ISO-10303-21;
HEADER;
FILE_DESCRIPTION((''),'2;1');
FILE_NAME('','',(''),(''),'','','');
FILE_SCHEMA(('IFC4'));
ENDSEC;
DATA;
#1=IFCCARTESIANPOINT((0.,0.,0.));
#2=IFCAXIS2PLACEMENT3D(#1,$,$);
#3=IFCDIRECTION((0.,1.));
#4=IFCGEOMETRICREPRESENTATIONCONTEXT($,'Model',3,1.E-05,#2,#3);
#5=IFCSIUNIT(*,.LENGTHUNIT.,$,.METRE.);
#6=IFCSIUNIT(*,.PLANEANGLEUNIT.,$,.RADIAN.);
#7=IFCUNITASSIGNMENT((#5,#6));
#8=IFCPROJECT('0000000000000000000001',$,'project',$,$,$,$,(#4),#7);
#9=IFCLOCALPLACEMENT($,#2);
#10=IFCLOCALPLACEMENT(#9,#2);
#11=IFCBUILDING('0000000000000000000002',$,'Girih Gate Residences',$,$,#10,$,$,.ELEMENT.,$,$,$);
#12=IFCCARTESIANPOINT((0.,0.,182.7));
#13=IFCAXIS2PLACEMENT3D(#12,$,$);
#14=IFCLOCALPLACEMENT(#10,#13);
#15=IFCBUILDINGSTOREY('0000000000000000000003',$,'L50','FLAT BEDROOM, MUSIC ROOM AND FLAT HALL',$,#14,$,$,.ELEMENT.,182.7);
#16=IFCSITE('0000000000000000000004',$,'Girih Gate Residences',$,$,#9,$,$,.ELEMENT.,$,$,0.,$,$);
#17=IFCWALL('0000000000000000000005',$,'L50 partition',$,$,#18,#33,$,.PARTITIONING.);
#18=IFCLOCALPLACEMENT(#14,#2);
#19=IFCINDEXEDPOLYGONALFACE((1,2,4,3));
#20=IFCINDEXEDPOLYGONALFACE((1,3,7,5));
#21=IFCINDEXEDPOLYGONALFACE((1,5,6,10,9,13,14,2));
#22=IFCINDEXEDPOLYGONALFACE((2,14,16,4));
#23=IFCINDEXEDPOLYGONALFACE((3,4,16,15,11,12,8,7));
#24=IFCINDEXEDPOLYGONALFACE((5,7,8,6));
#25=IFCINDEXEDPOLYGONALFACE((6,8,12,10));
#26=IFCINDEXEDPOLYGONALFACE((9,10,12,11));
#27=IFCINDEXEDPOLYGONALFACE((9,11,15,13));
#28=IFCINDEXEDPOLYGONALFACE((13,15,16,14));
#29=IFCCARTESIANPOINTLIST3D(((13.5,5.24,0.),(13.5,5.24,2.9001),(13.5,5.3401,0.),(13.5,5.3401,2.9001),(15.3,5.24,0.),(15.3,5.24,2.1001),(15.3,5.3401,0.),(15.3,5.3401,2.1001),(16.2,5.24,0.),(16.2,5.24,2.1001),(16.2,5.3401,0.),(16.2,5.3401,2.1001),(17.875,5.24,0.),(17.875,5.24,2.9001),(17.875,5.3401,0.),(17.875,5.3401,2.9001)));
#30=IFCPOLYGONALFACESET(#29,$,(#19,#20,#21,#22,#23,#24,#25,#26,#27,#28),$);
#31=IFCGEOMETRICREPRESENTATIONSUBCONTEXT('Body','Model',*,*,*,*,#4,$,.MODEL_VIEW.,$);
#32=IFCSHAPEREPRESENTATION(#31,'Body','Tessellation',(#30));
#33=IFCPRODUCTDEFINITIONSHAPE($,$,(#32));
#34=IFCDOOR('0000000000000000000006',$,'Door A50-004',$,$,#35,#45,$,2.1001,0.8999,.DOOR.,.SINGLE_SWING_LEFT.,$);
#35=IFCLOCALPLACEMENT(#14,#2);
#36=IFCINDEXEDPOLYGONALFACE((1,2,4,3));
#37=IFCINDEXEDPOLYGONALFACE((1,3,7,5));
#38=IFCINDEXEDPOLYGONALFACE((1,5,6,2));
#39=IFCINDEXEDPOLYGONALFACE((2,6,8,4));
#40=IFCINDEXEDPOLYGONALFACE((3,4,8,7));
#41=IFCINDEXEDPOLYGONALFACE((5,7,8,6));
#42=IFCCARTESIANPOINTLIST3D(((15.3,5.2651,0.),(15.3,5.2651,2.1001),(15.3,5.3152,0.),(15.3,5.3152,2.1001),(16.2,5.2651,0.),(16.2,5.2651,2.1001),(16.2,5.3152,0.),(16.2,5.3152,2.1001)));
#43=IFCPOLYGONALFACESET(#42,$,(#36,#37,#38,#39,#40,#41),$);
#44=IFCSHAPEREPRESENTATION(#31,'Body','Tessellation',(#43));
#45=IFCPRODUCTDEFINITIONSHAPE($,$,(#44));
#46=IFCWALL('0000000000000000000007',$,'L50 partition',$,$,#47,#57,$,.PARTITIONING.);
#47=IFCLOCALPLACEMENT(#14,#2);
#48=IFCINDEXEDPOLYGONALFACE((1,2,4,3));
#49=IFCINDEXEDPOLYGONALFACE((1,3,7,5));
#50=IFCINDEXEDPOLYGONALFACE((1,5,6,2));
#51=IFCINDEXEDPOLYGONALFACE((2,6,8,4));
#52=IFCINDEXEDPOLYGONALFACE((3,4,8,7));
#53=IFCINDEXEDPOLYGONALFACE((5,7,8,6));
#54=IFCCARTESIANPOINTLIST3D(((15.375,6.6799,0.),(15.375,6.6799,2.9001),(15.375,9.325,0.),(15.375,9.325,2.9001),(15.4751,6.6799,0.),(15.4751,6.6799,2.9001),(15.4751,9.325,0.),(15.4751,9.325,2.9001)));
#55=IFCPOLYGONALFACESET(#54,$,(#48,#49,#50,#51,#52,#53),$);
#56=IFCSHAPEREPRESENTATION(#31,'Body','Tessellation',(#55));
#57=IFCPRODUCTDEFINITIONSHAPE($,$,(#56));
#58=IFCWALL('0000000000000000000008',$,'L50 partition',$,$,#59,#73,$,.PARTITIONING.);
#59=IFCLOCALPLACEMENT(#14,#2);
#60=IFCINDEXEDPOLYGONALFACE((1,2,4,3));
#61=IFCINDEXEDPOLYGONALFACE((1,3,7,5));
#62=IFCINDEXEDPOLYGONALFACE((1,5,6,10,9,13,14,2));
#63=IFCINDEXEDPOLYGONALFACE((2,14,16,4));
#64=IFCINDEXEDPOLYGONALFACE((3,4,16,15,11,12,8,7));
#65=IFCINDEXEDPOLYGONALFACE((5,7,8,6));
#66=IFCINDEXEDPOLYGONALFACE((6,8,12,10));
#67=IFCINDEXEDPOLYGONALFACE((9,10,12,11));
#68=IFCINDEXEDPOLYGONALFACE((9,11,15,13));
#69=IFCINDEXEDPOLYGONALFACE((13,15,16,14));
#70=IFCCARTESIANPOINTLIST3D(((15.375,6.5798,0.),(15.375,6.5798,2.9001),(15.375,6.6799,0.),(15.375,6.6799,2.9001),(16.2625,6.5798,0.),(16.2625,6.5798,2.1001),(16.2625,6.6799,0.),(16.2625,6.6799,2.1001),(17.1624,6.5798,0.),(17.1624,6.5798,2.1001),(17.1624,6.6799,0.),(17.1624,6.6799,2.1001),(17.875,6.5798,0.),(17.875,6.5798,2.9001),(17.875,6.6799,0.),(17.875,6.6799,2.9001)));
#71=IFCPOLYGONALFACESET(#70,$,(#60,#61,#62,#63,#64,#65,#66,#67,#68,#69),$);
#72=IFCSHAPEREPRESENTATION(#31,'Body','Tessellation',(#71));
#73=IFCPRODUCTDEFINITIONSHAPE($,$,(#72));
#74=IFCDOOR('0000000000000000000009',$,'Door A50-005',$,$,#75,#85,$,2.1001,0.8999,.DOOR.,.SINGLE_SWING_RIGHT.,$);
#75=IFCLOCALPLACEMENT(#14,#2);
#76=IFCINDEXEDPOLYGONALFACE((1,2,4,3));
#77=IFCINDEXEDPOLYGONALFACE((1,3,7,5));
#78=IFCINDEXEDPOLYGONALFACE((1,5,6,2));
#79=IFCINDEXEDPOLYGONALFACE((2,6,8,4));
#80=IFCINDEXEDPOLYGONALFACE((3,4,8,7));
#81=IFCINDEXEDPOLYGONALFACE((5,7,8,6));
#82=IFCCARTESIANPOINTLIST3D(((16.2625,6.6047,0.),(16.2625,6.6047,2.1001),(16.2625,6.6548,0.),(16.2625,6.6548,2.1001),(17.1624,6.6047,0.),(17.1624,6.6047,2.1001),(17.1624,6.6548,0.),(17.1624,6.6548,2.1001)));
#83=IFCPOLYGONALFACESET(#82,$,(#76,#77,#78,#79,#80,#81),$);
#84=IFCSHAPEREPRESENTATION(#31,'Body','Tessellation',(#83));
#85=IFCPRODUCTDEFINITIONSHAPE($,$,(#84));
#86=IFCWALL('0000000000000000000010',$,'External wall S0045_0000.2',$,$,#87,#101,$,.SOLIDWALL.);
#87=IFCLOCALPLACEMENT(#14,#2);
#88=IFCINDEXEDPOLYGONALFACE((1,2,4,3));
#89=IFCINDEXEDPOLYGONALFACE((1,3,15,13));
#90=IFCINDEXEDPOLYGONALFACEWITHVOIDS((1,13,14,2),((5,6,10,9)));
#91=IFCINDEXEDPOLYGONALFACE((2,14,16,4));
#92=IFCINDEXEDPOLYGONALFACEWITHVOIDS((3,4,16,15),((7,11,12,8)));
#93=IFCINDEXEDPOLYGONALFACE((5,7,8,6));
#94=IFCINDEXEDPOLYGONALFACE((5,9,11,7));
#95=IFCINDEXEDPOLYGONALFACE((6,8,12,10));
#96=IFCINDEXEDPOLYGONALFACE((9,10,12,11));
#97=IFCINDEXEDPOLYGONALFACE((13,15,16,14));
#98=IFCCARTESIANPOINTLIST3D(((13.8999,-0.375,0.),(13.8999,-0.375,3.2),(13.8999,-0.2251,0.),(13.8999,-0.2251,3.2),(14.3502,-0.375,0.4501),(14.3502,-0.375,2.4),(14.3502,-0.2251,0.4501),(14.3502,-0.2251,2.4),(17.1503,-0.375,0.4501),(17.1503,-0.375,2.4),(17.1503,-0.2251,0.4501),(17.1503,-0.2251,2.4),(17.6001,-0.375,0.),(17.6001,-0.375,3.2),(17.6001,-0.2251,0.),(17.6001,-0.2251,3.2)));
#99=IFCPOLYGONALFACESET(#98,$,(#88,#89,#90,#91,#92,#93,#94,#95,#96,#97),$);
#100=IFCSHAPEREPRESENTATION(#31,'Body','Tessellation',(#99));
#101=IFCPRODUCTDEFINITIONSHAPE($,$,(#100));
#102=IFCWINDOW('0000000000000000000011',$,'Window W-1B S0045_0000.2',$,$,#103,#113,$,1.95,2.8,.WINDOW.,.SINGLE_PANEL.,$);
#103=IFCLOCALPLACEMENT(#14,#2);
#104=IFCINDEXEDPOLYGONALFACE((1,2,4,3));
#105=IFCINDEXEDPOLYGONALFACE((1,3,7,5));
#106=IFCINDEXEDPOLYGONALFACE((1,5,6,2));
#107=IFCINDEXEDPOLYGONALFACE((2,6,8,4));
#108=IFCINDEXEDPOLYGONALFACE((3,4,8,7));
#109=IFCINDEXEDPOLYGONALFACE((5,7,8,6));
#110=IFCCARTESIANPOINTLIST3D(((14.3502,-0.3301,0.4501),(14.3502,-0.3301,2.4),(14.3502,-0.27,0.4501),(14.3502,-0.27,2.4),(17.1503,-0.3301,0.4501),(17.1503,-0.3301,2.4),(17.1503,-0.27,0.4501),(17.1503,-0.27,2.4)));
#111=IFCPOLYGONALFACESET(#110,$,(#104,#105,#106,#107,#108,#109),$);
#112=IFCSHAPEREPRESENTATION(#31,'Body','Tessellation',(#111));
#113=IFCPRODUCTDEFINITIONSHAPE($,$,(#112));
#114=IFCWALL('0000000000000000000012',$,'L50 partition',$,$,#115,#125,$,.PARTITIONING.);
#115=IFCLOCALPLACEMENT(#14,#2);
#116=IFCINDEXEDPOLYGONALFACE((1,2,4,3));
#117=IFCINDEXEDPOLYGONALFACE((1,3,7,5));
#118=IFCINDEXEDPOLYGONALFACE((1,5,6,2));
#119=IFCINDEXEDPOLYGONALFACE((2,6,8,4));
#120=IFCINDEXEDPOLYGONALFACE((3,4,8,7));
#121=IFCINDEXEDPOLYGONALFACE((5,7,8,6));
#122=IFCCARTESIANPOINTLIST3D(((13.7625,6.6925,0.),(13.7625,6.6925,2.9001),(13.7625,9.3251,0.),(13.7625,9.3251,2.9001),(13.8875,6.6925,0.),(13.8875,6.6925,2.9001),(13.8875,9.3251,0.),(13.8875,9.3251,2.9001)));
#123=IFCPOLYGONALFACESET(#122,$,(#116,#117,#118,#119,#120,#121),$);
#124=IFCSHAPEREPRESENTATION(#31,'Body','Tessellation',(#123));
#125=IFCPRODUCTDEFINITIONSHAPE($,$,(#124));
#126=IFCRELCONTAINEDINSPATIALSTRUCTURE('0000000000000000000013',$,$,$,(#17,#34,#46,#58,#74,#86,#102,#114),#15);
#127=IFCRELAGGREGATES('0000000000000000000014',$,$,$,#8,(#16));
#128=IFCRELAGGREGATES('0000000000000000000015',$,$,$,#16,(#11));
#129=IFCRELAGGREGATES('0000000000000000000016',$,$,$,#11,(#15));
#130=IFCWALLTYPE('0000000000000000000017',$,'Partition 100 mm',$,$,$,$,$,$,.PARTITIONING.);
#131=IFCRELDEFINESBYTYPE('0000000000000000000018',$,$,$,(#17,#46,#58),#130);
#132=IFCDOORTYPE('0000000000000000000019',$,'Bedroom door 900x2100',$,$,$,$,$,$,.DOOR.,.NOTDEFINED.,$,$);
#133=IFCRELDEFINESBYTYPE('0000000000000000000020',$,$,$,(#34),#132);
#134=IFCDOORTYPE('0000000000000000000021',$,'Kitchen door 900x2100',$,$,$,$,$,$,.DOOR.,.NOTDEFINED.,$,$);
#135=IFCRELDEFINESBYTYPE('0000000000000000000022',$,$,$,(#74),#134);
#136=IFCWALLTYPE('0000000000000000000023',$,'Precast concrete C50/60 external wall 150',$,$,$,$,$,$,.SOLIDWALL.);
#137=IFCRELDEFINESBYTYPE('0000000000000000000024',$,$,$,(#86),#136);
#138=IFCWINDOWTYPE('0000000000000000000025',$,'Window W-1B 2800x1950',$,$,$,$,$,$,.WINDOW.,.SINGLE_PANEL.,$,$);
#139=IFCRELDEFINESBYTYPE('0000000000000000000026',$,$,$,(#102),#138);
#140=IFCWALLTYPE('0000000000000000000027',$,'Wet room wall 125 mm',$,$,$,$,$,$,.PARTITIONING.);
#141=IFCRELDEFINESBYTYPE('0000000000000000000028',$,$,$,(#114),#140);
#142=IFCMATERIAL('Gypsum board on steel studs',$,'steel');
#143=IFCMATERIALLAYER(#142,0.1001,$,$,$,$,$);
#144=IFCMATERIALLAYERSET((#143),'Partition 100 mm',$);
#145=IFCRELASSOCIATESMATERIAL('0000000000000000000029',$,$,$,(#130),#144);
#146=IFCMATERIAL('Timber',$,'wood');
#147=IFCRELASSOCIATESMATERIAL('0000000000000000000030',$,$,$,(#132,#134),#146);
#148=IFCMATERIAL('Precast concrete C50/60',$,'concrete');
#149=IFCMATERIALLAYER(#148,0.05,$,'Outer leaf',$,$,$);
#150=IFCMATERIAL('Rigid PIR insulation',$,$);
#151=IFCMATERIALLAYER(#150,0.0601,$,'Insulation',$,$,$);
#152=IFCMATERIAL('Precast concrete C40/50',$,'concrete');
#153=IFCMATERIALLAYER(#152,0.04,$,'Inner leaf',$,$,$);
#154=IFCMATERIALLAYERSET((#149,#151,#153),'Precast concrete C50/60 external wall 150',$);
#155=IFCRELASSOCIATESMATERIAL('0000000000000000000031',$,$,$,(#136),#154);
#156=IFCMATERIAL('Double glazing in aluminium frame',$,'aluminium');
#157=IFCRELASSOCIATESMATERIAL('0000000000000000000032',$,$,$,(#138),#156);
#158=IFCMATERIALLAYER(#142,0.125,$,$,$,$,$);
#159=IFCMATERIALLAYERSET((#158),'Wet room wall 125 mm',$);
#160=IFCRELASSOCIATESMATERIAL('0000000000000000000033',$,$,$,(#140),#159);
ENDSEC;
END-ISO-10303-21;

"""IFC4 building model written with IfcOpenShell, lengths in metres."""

from ifc_helpers import new_model, si_unit, direction, frame, frame_2d, origin, place, context, subcontext, project, spatial, rectangle, extrude, material, layer, layer_set, type_object, element, fill, save


model = new_model("IFC4")

# Units and contexts
model_context = context("Model", 3, precision=1e-05, world=origin(), true_north=direction((0.0, 1.0)))
body_context = subcontext(model_context, "Body", "Model", "MODEL_VIEW")
ifc_project = project(units=[si_unit("LENGTHUNIT", "METRE"), si_unit("PLANEANGLEUNIT", "RADIAN")], contexts=[model_context])

# Site, building, storey
site_placement = place(None, origin())
site = spatial("IfcSite", under=ifc_project, at=site_placement, Name="Girih Gate Residences", CompositionType="ELEMENT", RefElevation=0.0)
building_placement = place(site_placement, origin())
building = spatial("IfcBuilding", under=site, at=building_placement, Name="Girih Gate Residences", CompositionType="ELEMENT")
storey_placement = place(building_placement, frame((0.0, 0.0, 182.7)))
storey = spatial("IfcBuildingStorey", under=building, at=storey_placement, Name="L50", Description="FLAT BEDROOM, MUSIC ROOM AND FLAT HALL", CompositionType="ELEMENT", Elevation=182.7)

# Shared definitions
ifc_material_1 = material(Name="Gypsum board on steel studs", Category="steel")

# Shared definitions
ifc_layer_1 = layer(ifc_material_1, 0.1001)
ifc_layer_set_1 = layer_set([ifc_layer_1], Name="Partition 100 mm")
wall_type_1 = type_object("IfcWallType", Name="Partition 100 mm", PredefinedType="PARTITIONING", material=ifc_layer_set_1)

# Wall, opening, door
ifc_material_2 = material(Name="Timber", Category="wood")
door_type_1 = type_object("IfcDoorType", Name="Bedroom door 900x2100", OperationType="NOTDEFINED", PredefinedType="DOOR", material=ifc_material_2)
wall_1_placement = place(storey_placement, frame((17.875, 5.29, 0.0), z_axis=(0.0, 0.0, 1.0), x_axis=(-1.0, 0.0, 0.0)))
wall_1 = element("IfcWall", 1, at=wall_1_placement, inside=storey, type_object=wall_type_1, Name="L50 partition", PredefinedType="PARTITIONING", context=body_context, shape_type="SweptSolid", body=[
    extrude(rectangle(XDim=4.375, YDim=0.1001, at=frame_2d((2.1875, 0.0))), origin(), (0.0, 0.0, 1.0), 2.9001),
])
opening_1_placement = place(wall_1_placement, frame((1.675, 0.0, 0.0)))
opening_1 = element("IfcOpeningElement", 2, at=opening_1_placement, cuts=wall_1, PredefinedType="OPENING", context=body_context, shape_type="SweptSolid", body=[
    extrude(rectangle(XDim=0.8999, YDim=2.1001, at=frame_2d((0.45, 1.05))), frame((0.0, 0.0601, 0.0), z_axis=(0.0, -1.0, 0.0), x_axis=(1.0, 0.0, 0.0)), (0.0, 0.0, 1.0), 0.1201),
])
door_1_placement = place(opening_1_placement, origin())
door_1 = element("IfcDoor", 3, at=door_1_placement, inside=storey, type_object=door_type_1, Name="Door A50-004", OperationType="SINGLE_SWING_LEFT", OverallHeight=2.1001, OverallWidth=0.8999, PredefinedType="DOOR", context=body_context, shape_type="SweptSolid", body=[
    extrude(rectangle(XDim=0.8999, YDim=2.1001, at=frame_2d((0.45, 1.05))), frame((0.0, 0.0249, 0.0), z_axis=(0.0, -1.0, 0.0), x_axis=(1.0, 0.0, 0.0)), (0.0, 0.0, 1.0), 0.05),
])
fill(opening_1, door_1)

# Wall
wall_2_placement = place(storey_placement, frame((15.425, 6.6799, 0.0), z_axis=(0.0, 0.0, 1.0), x_axis=(0.0, 1.0, 0.0)))
element("IfcWall", 4, at=wall_2_placement, inside=storey, type_object=wall_type_1, Name="L50 partition", PredefinedType="PARTITIONING", context=body_context, shape_type="SweptSolid", body=[
    extrude(rectangle(XDim=2.645, YDim=0.1001, at=frame_2d((1.3225, 0.0))), origin(), (0.0, 0.0, 1.0), 2.9001),
])

# Wall, opening, door
wall_3_placement = place(storey_placement, frame((15.375, 6.6299, 0.0), z_axis=(0.0, 0.0, 1.0), x_axis=(1.0, 0.0, 0.0)))
wall_3 = element("IfcWall", 5, at=wall_3_placement, inside=storey, type_object=wall_type_1, Name="L50 partition", PredefinedType="PARTITIONING", context=body_context, shape_type="SweptSolid", body=[
    extrude(rectangle(XDim=2.5, YDim=0.1001, at=frame_2d((1.25, 0.0))), origin(), (0.0, 0.0, 1.0), 2.9001),
])
opening_2_placement = place(wall_3_placement, frame((0.8875, 0.0, 0.0)))
opening_2 = element("IfcOpeningElement", 6, at=opening_2_placement, cuts=wall_3, PredefinedType="OPENING", context=body_context, shape_type="SweptSolid", body=[
    extrude(rectangle(XDim=0.8999, YDim=2.1001, at=frame_2d((0.45, 1.05))), frame((0.0, 0.0601, 0.0), z_axis=(0.0, -1.0, 0.0), x_axis=(1.0, 0.0, 0.0)), (0.0, 0.0, 1.0), 0.1201),
])
door_type_2 = type_object("IfcDoorType", Name="Kitchen door 900x2100", OperationType="NOTDEFINED", PredefinedType="DOOR", material=ifc_material_2)
door_2_placement = place(opening_2_placement, origin())
door_2 = element("IfcDoor", 7, at=door_2_placement, inside=storey, type_object=door_type_2, Name="Door A50-005", OperationType="SINGLE_SWING_RIGHT", OverallHeight=2.1001, OverallWidth=0.8999, PredefinedType="DOOR", context=body_context, shape_type="SweptSolid", body=[
    extrude(rectangle(XDim=0.8999, YDim=2.1001, at=frame_2d((0.45, 1.05))), frame((0.0, 0.0249, 0.0), z_axis=(0.0, -1.0, 0.0), x_axis=(1.0, 0.0, 0.0)), (0.0, 0.0, 1.0), 0.05),
])
fill(opening_2, door_2)

# Wall, opening, window
ifc_material_3 = material(Name="Precast concrete C50/60", Category="concrete")
ifc_layer_2 = layer(ifc_material_3, 0.05, Name="Outer leaf")
ifc_material_4 = material(Name="Rigid PIR insulation")
ifc_layer_3 = layer(ifc_material_4, 0.0601, Name="Insulation")
ifc_material_5 = material(Name="Precast concrete C40/50", Category="concrete")
ifc_layer_4 = layer(ifc_material_5, 0.04, Name="Inner leaf")
ifc_layer_set_2 = layer_set([ifc_layer_2, ifc_layer_3, ifc_layer_4], Name="Precast concrete C50/60 external wall 150")
wall_type_2 = type_object("IfcWallType", Name="Precast concrete C50/60 external wall 150", PredefinedType="SOLIDWALL", material=ifc_layer_set_2)
wall_4_placement = place(storey_placement, frame((17.6001, -0.3, 0.0), z_axis=(0.0, 0.0, 1.0), x_axis=(-1.0, 0.0, 0.0)))
wall_4 = element("IfcWall", 8, at=wall_4_placement, inside=storey, type_object=wall_type_2, Name="External wall S0045_0000.2", PredefinedType="SOLIDWALL", context=body_context, shape_type="SweptSolid", body=[
    extrude(rectangle(XDim=3.7002, YDim=0.1499, at=frame_2d((1.8501, 0.0))), origin(), (0.0, 0.0, 1.0), 3.2),
])
opening_3_placement = place(wall_4_placement, frame((0.45, 0.0, 0.45)))
opening_3 = element("IfcOpeningElement", 9, at=opening_3_placement, cuts=wall_4, PredefinedType="OPENING", context=body_context, shape_type="SweptSolid", body=[
    extrude(rectangle(XDim=2.8, YDim=1.95, at=frame_2d((1.3999, 0.9751))), frame((0.0, 0.085, 0.0), z_axis=(0.0, -1.0, 0.0), x_axis=(1.0, 0.0, 0.0)), (0.0, 0.0, 1.0), 0.1699),
])
ifc_material_6 = material(Name="Double glazing in aluminium frame", Category="aluminium")
window_type = type_object("IfcWindowType", Name="Window W-1B 2800x1950", PartitioningType="SINGLE_PANEL", PredefinedType="WINDOW", material=ifc_material_6)
window_placement = place(opening_3_placement, origin())
window = element("IfcWindow", 10, at=window_placement, inside=storey, type_object=window_type, Name="Window W-1B S0045_0000.2", OverallHeight=1.95, OverallWidth=2.8, PartitioningType="SINGLE_PANEL", PredefinedType="WINDOW", context=body_context, shape_type="SweptSolid", body=[
    extrude(rectangle(XDim=2.8, YDim=1.95, at=frame_2d((1.3999, 0.9751))), frame((0.0, 0.03, 0.0), z_axis=(0.0, -1.0, 0.0), x_axis=(1.0, 0.0, 0.0)), (0.0, 0.0, 1.0), 0.0601),
])
fill(opening_3, window)

# Wall
ifc_layer_5 = layer(ifc_material_1, 0.125)
ifc_layer_set_3 = layer_set([ifc_layer_5], Name="Wet room wall 125 mm")
wall_type_3 = type_object("IfcWallType", Name="Wet room wall 125 mm", PredefinedType="PARTITIONING", material=ifc_layer_set_3)
wall_5_placement = place(storey_placement, frame((13.825, 6.6924, 0.0), z_axis=(0.0, 0.0, 1.0), x_axis=(0.0, 1.0, 0.0)))
element("IfcWall", 11, at=wall_5_placement, inside=storey, type_object=wall_type_3, Name="L50 partition", PredefinedType="PARTITIONING", context=body_context, shape_type="SweptSolid", body=[
    extrude(rectangle(XDim=2.6326, YDim=0.125, at=frame_2d((1.3164, 0.0))), origin(), (0.0, 0.0, 1.0), 2.9001),
])

save(model, "model.ifc")
